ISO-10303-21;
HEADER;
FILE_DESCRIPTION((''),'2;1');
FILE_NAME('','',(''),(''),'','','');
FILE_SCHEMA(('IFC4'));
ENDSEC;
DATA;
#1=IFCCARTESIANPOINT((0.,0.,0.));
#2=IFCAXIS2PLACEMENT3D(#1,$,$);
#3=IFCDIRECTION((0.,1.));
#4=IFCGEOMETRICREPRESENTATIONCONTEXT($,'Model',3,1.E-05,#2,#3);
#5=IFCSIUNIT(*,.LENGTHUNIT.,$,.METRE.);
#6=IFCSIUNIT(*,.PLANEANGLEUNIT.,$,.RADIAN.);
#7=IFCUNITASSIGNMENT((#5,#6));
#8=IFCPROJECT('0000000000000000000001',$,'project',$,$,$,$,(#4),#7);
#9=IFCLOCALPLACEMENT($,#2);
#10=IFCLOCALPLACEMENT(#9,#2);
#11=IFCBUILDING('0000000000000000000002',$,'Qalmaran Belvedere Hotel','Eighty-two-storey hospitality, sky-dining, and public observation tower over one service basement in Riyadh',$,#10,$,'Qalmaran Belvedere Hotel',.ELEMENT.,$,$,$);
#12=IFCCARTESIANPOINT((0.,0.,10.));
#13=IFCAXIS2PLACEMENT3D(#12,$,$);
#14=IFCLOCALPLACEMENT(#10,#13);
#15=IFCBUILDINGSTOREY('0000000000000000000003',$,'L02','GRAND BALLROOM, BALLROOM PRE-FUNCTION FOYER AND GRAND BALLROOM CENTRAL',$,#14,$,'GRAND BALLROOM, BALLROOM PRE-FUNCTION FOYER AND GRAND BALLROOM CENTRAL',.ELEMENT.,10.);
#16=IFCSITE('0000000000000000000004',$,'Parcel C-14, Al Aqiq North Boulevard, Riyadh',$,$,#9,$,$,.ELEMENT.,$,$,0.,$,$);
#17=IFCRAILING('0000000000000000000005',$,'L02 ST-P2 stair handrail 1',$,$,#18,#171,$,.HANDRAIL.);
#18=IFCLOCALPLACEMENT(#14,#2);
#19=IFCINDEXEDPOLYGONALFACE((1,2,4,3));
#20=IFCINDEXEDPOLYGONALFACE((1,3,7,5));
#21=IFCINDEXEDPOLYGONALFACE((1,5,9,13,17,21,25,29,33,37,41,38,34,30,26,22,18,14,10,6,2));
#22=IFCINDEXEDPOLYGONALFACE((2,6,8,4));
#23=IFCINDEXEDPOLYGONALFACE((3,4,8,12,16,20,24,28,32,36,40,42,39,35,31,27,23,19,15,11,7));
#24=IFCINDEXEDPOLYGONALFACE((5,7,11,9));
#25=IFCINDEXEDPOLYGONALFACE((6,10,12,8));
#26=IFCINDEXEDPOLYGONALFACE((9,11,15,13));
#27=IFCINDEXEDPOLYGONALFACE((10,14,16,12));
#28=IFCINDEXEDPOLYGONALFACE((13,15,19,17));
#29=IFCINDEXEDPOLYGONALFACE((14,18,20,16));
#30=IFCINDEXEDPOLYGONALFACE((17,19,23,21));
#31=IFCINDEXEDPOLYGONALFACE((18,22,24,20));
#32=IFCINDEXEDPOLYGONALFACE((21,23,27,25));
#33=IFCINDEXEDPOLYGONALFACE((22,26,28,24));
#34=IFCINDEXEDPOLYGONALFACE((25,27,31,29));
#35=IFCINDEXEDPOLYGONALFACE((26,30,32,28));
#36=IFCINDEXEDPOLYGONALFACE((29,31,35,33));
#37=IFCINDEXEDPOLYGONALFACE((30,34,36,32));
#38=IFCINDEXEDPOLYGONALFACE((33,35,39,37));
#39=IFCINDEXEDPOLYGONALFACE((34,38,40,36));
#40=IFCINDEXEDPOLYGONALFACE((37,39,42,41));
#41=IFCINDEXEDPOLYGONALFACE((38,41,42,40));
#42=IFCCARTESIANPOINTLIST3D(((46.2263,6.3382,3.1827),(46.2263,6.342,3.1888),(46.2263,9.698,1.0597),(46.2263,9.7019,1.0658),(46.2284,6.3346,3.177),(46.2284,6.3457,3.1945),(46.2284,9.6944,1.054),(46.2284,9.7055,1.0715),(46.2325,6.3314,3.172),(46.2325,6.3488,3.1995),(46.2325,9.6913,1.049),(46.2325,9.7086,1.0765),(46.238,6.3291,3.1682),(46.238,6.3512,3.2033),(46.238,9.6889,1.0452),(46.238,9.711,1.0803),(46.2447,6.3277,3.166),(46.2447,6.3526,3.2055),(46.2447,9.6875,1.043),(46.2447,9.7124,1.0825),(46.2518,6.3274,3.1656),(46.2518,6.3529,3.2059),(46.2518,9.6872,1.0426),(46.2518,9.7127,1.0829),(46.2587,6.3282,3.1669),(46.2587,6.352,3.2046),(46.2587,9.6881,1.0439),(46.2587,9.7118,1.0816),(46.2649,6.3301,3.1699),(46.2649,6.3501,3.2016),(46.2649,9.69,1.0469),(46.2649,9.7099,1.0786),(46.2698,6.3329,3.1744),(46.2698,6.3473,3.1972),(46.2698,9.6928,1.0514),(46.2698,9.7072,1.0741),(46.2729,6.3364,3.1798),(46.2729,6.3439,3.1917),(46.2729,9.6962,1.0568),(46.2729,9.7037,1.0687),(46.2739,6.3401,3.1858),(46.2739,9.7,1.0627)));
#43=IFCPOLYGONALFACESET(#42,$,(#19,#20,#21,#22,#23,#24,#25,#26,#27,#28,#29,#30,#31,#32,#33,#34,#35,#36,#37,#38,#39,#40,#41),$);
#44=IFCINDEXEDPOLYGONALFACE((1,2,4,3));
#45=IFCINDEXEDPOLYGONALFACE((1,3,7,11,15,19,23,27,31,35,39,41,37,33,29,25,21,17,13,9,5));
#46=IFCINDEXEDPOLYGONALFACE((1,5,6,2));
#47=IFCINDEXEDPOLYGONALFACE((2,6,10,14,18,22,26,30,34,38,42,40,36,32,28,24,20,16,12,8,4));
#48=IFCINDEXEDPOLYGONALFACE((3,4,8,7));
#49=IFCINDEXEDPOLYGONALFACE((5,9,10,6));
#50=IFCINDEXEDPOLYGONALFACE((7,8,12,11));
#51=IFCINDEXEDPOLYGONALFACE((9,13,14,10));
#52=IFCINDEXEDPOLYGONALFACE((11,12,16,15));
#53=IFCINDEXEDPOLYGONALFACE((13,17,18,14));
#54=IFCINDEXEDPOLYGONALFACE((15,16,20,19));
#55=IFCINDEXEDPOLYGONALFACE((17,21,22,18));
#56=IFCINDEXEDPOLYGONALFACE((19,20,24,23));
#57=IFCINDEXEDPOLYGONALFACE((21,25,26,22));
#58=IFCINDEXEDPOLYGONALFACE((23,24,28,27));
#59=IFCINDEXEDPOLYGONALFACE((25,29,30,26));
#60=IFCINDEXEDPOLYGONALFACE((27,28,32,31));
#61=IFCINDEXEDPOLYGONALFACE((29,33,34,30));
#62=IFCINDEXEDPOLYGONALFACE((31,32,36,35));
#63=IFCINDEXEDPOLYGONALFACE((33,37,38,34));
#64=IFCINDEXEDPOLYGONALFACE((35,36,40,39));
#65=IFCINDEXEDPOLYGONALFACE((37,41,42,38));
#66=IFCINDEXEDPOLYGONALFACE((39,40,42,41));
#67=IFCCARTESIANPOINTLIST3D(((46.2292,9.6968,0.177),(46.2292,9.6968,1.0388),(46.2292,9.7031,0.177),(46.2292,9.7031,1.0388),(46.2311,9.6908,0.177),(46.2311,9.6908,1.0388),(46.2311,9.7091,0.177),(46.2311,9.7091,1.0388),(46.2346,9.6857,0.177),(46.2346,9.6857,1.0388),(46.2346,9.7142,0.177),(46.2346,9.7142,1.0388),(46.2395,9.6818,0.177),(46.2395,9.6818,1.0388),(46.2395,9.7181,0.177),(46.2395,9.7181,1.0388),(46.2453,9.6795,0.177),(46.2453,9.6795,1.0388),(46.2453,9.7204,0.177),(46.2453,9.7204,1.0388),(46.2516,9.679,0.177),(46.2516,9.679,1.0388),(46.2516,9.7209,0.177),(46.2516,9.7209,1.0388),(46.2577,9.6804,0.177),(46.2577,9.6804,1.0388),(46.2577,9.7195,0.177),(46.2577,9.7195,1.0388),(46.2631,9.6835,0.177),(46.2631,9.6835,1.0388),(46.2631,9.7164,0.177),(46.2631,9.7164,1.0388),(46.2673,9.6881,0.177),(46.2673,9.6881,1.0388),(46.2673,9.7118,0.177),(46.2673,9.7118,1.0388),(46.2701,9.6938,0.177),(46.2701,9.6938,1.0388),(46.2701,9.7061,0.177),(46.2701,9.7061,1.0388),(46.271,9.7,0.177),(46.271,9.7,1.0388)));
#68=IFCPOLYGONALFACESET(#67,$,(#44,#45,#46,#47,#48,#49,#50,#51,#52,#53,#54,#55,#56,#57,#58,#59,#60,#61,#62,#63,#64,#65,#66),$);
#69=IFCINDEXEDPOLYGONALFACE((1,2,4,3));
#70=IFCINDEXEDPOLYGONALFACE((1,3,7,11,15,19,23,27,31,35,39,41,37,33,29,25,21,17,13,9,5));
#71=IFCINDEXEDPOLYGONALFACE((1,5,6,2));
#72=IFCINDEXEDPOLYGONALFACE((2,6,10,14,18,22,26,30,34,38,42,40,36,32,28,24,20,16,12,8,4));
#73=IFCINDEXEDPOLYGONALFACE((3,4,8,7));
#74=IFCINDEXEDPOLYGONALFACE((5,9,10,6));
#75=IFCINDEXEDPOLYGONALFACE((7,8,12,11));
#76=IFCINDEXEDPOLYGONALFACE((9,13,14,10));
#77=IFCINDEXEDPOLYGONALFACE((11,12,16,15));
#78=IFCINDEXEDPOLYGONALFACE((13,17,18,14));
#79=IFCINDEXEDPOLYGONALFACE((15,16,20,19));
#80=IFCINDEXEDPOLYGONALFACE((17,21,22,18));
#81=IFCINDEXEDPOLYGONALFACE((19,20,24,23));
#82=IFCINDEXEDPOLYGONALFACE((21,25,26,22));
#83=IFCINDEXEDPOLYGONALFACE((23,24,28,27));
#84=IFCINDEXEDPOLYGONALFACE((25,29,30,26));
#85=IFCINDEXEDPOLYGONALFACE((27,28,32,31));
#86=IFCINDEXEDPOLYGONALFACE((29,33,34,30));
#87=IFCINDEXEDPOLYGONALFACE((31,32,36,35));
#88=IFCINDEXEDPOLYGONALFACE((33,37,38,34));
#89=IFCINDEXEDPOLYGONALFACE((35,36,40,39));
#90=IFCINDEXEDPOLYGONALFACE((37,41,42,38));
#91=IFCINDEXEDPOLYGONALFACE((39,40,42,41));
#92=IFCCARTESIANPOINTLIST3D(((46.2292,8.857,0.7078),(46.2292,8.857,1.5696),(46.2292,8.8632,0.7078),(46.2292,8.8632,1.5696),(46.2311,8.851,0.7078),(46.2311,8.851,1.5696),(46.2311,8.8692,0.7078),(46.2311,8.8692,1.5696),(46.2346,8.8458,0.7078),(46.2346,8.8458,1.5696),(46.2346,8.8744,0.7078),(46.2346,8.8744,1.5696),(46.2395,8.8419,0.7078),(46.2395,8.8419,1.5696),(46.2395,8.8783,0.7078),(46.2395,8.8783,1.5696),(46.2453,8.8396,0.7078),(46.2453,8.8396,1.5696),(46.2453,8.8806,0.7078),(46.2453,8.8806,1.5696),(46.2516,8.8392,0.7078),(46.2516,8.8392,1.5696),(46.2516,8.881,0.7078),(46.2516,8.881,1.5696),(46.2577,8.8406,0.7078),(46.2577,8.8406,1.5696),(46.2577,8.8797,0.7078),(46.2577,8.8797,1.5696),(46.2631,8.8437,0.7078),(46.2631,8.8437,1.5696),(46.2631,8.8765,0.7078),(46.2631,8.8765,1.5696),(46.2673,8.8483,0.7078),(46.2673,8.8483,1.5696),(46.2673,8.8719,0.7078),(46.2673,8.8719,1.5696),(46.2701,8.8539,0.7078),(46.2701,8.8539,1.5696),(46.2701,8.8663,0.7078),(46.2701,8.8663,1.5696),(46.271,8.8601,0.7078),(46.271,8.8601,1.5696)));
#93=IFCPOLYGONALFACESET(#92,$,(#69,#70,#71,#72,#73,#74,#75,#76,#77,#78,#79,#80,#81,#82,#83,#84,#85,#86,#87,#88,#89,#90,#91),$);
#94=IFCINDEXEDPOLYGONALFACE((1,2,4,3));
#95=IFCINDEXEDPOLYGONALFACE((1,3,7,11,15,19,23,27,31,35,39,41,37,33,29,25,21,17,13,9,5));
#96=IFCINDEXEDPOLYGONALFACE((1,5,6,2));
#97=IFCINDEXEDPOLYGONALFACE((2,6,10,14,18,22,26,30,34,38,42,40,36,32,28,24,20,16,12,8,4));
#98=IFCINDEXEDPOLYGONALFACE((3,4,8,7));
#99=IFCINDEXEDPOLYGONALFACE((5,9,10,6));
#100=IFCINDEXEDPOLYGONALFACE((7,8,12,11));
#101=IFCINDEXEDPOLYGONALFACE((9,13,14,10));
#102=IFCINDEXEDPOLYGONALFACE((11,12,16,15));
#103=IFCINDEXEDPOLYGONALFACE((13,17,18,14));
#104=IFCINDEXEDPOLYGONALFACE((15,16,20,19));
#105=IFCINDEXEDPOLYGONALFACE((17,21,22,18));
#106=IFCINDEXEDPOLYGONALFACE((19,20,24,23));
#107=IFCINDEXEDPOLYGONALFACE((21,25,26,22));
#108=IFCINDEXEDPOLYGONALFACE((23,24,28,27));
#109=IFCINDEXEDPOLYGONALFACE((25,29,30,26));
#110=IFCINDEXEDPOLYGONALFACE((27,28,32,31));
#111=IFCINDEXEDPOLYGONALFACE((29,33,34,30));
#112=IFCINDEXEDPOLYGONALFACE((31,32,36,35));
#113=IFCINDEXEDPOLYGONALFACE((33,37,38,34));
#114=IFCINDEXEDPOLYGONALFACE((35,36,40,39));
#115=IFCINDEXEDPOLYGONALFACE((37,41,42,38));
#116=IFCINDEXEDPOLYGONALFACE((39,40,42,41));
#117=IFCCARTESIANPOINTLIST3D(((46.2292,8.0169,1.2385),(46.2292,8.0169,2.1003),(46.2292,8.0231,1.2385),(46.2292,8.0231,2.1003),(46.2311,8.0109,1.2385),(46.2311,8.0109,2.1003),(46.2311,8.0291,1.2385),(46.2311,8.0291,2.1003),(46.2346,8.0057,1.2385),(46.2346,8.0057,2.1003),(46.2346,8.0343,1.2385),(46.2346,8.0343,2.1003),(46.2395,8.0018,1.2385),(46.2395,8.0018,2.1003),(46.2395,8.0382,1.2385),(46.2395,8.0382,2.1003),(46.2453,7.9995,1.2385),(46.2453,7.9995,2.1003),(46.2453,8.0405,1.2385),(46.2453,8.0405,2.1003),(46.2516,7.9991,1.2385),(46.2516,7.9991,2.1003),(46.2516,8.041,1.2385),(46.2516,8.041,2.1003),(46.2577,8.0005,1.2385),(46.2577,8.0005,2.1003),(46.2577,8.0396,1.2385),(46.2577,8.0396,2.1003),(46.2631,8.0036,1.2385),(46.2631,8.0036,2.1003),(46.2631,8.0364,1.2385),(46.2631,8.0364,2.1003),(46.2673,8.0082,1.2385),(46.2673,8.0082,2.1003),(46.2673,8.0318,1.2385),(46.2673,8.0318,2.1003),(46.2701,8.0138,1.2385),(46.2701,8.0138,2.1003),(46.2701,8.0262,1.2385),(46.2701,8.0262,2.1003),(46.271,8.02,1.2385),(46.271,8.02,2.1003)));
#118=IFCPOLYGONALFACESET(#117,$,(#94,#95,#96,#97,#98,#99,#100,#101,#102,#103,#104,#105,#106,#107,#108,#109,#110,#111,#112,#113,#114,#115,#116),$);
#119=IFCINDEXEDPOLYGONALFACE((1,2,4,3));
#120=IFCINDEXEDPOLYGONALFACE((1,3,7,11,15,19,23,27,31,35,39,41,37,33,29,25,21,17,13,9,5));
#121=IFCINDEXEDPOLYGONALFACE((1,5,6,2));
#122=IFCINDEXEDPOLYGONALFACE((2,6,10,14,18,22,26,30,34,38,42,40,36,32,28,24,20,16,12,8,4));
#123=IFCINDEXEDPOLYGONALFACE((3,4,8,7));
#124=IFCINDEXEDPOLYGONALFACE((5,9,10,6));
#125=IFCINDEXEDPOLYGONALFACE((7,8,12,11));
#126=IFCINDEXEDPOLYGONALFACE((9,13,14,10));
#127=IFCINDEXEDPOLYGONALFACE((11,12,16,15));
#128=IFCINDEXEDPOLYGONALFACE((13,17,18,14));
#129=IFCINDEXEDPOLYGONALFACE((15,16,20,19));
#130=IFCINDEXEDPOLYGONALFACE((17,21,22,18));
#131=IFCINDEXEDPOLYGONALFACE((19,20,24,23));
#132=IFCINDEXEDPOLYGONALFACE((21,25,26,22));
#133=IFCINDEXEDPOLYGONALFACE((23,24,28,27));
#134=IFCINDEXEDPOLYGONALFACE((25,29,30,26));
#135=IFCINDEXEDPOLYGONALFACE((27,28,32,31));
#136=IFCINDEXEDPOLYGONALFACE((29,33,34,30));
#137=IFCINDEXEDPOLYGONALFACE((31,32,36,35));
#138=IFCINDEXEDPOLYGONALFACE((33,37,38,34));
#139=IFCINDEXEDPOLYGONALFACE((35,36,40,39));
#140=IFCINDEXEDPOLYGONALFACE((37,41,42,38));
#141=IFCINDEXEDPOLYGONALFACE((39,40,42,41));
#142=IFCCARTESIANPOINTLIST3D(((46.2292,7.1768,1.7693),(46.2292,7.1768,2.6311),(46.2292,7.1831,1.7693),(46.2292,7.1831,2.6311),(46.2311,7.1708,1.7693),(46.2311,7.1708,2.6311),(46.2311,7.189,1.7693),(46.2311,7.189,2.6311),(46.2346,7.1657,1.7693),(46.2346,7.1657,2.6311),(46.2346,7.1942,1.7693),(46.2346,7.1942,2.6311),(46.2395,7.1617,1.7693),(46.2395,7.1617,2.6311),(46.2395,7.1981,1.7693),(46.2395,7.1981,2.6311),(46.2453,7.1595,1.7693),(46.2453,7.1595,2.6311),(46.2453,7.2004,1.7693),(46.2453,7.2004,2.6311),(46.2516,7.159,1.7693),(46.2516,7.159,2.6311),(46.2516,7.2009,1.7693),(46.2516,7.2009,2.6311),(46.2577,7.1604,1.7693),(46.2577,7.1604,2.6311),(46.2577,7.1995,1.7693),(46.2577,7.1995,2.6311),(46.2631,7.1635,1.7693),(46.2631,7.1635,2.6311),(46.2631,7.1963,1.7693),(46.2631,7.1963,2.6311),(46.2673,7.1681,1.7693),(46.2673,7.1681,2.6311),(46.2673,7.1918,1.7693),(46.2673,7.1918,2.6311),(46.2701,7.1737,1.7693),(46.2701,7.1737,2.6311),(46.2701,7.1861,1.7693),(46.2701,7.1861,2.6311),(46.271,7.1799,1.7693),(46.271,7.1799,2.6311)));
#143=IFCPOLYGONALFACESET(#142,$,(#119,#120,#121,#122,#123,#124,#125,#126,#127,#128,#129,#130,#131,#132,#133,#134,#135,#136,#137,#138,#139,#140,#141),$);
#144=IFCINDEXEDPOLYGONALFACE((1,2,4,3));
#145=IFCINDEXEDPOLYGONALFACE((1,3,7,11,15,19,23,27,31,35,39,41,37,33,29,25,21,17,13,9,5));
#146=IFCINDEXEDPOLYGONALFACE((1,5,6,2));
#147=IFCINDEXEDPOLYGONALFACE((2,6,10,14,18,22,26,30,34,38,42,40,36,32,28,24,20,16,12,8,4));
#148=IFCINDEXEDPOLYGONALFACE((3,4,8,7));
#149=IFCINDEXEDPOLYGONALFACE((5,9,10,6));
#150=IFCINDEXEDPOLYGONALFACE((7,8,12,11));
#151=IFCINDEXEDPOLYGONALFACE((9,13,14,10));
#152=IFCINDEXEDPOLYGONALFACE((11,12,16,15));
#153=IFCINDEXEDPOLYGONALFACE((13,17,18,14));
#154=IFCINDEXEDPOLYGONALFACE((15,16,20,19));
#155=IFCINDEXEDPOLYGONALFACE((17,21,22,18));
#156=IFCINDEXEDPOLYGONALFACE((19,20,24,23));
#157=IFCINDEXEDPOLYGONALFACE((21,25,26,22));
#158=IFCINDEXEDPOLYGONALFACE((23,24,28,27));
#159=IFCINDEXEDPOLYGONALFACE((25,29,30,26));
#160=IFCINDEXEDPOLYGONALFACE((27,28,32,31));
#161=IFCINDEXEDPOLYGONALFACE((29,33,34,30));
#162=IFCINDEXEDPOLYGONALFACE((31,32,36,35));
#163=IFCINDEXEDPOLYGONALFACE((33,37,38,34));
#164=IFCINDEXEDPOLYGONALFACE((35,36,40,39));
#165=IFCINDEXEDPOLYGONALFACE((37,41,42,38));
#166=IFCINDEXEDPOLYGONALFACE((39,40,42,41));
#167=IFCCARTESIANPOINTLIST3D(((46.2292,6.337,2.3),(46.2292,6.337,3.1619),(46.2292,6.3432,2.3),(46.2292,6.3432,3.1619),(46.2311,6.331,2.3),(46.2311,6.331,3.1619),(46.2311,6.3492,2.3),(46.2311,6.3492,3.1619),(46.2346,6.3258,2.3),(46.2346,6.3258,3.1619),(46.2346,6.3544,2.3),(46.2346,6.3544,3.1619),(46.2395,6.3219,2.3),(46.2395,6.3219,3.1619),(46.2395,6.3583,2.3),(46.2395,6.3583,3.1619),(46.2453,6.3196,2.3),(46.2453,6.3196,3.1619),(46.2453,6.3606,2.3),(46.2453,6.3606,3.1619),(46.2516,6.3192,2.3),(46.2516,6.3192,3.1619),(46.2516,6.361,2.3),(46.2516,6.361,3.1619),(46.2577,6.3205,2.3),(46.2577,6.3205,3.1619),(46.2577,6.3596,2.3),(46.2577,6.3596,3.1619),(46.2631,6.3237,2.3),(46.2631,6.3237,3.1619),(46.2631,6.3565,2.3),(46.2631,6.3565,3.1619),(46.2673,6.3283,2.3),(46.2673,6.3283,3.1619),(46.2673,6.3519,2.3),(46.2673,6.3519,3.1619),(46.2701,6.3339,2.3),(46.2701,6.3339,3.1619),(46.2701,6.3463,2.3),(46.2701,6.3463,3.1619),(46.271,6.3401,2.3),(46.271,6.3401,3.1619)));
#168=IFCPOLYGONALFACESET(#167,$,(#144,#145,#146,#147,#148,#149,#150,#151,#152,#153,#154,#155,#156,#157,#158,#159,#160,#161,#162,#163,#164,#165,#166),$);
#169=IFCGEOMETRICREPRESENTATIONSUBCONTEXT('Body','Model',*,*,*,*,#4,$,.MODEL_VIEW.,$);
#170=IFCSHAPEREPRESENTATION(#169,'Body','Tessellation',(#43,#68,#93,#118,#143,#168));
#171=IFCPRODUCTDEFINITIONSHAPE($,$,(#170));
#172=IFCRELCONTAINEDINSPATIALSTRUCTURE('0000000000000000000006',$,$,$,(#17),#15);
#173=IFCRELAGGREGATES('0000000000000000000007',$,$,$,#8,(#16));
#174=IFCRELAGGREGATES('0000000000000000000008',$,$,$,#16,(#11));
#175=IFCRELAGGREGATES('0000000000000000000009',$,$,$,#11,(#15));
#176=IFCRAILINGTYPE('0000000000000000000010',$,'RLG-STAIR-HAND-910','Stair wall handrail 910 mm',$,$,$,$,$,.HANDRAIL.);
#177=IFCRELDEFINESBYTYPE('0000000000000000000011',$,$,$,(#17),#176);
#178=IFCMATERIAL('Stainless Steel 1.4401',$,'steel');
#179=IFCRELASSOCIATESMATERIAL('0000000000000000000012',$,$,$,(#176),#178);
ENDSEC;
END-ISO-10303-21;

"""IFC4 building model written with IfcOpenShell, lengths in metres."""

from ifc_helpers import new_model, si_unit, direction, frame, origin, origin_2d, place, context, subcontext, project, spatial, circle, extrude, material, type_object, element, save


model = new_model("IFC4")

# Units and contexts
model_context = context("Model", 3, precision=1e-05, world=origin(), true_north=direction((0.0, 1.0)))
body_context = subcontext(model_context, "Body", "Model", "MODEL_VIEW")
ifc_project = project(units=[si_unit("LENGTHUNIT", "METRE"), si_unit("PLANEANGLEUNIT", "RADIAN")], contexts=[model_context])

# Site, building, storey
site_placement = place(None, origin())
site = spatial("IfcSite", under=ifc_project, at=site_placement, Name="Parcel C-14, Al Aqiq North Boulevard, Riyadh", CompositionType="ELEMENT", RefElevation=0.0)
building_placement = place(site_placement, origin())
building = spatial("IfcBuilding", under=site, at=building_placement, Name="Qalmaran Belvedere Hotel", Description="Eighty-two-storey hospitality, sky-dining, and public observation tower over one service basement in Riyadh", LongName="Qalmaran Belvedere Hotel", CompositionType="ELEMENT")
storey_placement = place(building_placement, frame((0.0, 0.0, 10.0)))
storey = spatial("IfcBuildingStorey", under=building, at=storey_placement, Name="L02", Description="GRAND BALLROOM, BALLROOM PRE-FUNCTION FOYER AND GRAND BALLROOM CENTRAL", LongName="GRAND BALLROOM, BALLROOM PRE-FUNCTION FOYER AND GRAND BALLROOM CENTRAL", CompositionType="ELEMENT", Elevation=10.0)

# Railing
ifc_material_1 = material(Name="Stainless Steel 1.4401", Category="steel")
railing_type_1 = type_object("IfcRailingType", Name="RLG-STAIR-HAND-910", Description="Stair wall handrail 910 mm", PredefinedType="HANDRAIL", material=ifc_material_1)
railing_1_placement = place(storey_placement, frame((46.25, 9.7, 0.177)))
element("IfcRailing", 1, at=railing_1_placement, inside=storey, type_object=railing_type_1, Name="L02 ST-P2 stair handrail 1", PredefinedType="HANDRAIL", context=body_context, shape_type="SweptSolid", body=[
    extrude(circle(Radius=0.0239, at=origin_2d()), frame((0.0, 0.0, 0.8857), z_axis=(0.0, -0.845372, 0.534178), x_axis=(1.0, 0.0, 0.0)), (0.0, 0.0, 1.0), 3.9744),
    extrude(circle(Radius=0.021, at=origin_2d()), origin(), (0.0, 0.0, 1.0), 0.8618),
    extrude(circle(Radius=0.021, at=origin_2d()), frame((0.0, -0.8398, 0.5308)), (0.0, 0.0, 1.0), 0.8618),
    extrude(circle(Radius=0.021, at=origin_2d()), frame((0.0, -1.6799, 1.0615)), (0.0, 0.0, 1.0), 0.8618),
    extrude(circle(Radius=0.021, at=origin_2d()), frame((0.0, -2.52, 1.5923)), (0.0, 0.0, 1.0), 0.8618),
    extrude(circle(Radius=0.021, at=origin_2d()), frame((0.0, -3.3599, 2.123)), (0.0, 0.0, 1.0), 0.8618),
])

save(model, "model.ifc")
